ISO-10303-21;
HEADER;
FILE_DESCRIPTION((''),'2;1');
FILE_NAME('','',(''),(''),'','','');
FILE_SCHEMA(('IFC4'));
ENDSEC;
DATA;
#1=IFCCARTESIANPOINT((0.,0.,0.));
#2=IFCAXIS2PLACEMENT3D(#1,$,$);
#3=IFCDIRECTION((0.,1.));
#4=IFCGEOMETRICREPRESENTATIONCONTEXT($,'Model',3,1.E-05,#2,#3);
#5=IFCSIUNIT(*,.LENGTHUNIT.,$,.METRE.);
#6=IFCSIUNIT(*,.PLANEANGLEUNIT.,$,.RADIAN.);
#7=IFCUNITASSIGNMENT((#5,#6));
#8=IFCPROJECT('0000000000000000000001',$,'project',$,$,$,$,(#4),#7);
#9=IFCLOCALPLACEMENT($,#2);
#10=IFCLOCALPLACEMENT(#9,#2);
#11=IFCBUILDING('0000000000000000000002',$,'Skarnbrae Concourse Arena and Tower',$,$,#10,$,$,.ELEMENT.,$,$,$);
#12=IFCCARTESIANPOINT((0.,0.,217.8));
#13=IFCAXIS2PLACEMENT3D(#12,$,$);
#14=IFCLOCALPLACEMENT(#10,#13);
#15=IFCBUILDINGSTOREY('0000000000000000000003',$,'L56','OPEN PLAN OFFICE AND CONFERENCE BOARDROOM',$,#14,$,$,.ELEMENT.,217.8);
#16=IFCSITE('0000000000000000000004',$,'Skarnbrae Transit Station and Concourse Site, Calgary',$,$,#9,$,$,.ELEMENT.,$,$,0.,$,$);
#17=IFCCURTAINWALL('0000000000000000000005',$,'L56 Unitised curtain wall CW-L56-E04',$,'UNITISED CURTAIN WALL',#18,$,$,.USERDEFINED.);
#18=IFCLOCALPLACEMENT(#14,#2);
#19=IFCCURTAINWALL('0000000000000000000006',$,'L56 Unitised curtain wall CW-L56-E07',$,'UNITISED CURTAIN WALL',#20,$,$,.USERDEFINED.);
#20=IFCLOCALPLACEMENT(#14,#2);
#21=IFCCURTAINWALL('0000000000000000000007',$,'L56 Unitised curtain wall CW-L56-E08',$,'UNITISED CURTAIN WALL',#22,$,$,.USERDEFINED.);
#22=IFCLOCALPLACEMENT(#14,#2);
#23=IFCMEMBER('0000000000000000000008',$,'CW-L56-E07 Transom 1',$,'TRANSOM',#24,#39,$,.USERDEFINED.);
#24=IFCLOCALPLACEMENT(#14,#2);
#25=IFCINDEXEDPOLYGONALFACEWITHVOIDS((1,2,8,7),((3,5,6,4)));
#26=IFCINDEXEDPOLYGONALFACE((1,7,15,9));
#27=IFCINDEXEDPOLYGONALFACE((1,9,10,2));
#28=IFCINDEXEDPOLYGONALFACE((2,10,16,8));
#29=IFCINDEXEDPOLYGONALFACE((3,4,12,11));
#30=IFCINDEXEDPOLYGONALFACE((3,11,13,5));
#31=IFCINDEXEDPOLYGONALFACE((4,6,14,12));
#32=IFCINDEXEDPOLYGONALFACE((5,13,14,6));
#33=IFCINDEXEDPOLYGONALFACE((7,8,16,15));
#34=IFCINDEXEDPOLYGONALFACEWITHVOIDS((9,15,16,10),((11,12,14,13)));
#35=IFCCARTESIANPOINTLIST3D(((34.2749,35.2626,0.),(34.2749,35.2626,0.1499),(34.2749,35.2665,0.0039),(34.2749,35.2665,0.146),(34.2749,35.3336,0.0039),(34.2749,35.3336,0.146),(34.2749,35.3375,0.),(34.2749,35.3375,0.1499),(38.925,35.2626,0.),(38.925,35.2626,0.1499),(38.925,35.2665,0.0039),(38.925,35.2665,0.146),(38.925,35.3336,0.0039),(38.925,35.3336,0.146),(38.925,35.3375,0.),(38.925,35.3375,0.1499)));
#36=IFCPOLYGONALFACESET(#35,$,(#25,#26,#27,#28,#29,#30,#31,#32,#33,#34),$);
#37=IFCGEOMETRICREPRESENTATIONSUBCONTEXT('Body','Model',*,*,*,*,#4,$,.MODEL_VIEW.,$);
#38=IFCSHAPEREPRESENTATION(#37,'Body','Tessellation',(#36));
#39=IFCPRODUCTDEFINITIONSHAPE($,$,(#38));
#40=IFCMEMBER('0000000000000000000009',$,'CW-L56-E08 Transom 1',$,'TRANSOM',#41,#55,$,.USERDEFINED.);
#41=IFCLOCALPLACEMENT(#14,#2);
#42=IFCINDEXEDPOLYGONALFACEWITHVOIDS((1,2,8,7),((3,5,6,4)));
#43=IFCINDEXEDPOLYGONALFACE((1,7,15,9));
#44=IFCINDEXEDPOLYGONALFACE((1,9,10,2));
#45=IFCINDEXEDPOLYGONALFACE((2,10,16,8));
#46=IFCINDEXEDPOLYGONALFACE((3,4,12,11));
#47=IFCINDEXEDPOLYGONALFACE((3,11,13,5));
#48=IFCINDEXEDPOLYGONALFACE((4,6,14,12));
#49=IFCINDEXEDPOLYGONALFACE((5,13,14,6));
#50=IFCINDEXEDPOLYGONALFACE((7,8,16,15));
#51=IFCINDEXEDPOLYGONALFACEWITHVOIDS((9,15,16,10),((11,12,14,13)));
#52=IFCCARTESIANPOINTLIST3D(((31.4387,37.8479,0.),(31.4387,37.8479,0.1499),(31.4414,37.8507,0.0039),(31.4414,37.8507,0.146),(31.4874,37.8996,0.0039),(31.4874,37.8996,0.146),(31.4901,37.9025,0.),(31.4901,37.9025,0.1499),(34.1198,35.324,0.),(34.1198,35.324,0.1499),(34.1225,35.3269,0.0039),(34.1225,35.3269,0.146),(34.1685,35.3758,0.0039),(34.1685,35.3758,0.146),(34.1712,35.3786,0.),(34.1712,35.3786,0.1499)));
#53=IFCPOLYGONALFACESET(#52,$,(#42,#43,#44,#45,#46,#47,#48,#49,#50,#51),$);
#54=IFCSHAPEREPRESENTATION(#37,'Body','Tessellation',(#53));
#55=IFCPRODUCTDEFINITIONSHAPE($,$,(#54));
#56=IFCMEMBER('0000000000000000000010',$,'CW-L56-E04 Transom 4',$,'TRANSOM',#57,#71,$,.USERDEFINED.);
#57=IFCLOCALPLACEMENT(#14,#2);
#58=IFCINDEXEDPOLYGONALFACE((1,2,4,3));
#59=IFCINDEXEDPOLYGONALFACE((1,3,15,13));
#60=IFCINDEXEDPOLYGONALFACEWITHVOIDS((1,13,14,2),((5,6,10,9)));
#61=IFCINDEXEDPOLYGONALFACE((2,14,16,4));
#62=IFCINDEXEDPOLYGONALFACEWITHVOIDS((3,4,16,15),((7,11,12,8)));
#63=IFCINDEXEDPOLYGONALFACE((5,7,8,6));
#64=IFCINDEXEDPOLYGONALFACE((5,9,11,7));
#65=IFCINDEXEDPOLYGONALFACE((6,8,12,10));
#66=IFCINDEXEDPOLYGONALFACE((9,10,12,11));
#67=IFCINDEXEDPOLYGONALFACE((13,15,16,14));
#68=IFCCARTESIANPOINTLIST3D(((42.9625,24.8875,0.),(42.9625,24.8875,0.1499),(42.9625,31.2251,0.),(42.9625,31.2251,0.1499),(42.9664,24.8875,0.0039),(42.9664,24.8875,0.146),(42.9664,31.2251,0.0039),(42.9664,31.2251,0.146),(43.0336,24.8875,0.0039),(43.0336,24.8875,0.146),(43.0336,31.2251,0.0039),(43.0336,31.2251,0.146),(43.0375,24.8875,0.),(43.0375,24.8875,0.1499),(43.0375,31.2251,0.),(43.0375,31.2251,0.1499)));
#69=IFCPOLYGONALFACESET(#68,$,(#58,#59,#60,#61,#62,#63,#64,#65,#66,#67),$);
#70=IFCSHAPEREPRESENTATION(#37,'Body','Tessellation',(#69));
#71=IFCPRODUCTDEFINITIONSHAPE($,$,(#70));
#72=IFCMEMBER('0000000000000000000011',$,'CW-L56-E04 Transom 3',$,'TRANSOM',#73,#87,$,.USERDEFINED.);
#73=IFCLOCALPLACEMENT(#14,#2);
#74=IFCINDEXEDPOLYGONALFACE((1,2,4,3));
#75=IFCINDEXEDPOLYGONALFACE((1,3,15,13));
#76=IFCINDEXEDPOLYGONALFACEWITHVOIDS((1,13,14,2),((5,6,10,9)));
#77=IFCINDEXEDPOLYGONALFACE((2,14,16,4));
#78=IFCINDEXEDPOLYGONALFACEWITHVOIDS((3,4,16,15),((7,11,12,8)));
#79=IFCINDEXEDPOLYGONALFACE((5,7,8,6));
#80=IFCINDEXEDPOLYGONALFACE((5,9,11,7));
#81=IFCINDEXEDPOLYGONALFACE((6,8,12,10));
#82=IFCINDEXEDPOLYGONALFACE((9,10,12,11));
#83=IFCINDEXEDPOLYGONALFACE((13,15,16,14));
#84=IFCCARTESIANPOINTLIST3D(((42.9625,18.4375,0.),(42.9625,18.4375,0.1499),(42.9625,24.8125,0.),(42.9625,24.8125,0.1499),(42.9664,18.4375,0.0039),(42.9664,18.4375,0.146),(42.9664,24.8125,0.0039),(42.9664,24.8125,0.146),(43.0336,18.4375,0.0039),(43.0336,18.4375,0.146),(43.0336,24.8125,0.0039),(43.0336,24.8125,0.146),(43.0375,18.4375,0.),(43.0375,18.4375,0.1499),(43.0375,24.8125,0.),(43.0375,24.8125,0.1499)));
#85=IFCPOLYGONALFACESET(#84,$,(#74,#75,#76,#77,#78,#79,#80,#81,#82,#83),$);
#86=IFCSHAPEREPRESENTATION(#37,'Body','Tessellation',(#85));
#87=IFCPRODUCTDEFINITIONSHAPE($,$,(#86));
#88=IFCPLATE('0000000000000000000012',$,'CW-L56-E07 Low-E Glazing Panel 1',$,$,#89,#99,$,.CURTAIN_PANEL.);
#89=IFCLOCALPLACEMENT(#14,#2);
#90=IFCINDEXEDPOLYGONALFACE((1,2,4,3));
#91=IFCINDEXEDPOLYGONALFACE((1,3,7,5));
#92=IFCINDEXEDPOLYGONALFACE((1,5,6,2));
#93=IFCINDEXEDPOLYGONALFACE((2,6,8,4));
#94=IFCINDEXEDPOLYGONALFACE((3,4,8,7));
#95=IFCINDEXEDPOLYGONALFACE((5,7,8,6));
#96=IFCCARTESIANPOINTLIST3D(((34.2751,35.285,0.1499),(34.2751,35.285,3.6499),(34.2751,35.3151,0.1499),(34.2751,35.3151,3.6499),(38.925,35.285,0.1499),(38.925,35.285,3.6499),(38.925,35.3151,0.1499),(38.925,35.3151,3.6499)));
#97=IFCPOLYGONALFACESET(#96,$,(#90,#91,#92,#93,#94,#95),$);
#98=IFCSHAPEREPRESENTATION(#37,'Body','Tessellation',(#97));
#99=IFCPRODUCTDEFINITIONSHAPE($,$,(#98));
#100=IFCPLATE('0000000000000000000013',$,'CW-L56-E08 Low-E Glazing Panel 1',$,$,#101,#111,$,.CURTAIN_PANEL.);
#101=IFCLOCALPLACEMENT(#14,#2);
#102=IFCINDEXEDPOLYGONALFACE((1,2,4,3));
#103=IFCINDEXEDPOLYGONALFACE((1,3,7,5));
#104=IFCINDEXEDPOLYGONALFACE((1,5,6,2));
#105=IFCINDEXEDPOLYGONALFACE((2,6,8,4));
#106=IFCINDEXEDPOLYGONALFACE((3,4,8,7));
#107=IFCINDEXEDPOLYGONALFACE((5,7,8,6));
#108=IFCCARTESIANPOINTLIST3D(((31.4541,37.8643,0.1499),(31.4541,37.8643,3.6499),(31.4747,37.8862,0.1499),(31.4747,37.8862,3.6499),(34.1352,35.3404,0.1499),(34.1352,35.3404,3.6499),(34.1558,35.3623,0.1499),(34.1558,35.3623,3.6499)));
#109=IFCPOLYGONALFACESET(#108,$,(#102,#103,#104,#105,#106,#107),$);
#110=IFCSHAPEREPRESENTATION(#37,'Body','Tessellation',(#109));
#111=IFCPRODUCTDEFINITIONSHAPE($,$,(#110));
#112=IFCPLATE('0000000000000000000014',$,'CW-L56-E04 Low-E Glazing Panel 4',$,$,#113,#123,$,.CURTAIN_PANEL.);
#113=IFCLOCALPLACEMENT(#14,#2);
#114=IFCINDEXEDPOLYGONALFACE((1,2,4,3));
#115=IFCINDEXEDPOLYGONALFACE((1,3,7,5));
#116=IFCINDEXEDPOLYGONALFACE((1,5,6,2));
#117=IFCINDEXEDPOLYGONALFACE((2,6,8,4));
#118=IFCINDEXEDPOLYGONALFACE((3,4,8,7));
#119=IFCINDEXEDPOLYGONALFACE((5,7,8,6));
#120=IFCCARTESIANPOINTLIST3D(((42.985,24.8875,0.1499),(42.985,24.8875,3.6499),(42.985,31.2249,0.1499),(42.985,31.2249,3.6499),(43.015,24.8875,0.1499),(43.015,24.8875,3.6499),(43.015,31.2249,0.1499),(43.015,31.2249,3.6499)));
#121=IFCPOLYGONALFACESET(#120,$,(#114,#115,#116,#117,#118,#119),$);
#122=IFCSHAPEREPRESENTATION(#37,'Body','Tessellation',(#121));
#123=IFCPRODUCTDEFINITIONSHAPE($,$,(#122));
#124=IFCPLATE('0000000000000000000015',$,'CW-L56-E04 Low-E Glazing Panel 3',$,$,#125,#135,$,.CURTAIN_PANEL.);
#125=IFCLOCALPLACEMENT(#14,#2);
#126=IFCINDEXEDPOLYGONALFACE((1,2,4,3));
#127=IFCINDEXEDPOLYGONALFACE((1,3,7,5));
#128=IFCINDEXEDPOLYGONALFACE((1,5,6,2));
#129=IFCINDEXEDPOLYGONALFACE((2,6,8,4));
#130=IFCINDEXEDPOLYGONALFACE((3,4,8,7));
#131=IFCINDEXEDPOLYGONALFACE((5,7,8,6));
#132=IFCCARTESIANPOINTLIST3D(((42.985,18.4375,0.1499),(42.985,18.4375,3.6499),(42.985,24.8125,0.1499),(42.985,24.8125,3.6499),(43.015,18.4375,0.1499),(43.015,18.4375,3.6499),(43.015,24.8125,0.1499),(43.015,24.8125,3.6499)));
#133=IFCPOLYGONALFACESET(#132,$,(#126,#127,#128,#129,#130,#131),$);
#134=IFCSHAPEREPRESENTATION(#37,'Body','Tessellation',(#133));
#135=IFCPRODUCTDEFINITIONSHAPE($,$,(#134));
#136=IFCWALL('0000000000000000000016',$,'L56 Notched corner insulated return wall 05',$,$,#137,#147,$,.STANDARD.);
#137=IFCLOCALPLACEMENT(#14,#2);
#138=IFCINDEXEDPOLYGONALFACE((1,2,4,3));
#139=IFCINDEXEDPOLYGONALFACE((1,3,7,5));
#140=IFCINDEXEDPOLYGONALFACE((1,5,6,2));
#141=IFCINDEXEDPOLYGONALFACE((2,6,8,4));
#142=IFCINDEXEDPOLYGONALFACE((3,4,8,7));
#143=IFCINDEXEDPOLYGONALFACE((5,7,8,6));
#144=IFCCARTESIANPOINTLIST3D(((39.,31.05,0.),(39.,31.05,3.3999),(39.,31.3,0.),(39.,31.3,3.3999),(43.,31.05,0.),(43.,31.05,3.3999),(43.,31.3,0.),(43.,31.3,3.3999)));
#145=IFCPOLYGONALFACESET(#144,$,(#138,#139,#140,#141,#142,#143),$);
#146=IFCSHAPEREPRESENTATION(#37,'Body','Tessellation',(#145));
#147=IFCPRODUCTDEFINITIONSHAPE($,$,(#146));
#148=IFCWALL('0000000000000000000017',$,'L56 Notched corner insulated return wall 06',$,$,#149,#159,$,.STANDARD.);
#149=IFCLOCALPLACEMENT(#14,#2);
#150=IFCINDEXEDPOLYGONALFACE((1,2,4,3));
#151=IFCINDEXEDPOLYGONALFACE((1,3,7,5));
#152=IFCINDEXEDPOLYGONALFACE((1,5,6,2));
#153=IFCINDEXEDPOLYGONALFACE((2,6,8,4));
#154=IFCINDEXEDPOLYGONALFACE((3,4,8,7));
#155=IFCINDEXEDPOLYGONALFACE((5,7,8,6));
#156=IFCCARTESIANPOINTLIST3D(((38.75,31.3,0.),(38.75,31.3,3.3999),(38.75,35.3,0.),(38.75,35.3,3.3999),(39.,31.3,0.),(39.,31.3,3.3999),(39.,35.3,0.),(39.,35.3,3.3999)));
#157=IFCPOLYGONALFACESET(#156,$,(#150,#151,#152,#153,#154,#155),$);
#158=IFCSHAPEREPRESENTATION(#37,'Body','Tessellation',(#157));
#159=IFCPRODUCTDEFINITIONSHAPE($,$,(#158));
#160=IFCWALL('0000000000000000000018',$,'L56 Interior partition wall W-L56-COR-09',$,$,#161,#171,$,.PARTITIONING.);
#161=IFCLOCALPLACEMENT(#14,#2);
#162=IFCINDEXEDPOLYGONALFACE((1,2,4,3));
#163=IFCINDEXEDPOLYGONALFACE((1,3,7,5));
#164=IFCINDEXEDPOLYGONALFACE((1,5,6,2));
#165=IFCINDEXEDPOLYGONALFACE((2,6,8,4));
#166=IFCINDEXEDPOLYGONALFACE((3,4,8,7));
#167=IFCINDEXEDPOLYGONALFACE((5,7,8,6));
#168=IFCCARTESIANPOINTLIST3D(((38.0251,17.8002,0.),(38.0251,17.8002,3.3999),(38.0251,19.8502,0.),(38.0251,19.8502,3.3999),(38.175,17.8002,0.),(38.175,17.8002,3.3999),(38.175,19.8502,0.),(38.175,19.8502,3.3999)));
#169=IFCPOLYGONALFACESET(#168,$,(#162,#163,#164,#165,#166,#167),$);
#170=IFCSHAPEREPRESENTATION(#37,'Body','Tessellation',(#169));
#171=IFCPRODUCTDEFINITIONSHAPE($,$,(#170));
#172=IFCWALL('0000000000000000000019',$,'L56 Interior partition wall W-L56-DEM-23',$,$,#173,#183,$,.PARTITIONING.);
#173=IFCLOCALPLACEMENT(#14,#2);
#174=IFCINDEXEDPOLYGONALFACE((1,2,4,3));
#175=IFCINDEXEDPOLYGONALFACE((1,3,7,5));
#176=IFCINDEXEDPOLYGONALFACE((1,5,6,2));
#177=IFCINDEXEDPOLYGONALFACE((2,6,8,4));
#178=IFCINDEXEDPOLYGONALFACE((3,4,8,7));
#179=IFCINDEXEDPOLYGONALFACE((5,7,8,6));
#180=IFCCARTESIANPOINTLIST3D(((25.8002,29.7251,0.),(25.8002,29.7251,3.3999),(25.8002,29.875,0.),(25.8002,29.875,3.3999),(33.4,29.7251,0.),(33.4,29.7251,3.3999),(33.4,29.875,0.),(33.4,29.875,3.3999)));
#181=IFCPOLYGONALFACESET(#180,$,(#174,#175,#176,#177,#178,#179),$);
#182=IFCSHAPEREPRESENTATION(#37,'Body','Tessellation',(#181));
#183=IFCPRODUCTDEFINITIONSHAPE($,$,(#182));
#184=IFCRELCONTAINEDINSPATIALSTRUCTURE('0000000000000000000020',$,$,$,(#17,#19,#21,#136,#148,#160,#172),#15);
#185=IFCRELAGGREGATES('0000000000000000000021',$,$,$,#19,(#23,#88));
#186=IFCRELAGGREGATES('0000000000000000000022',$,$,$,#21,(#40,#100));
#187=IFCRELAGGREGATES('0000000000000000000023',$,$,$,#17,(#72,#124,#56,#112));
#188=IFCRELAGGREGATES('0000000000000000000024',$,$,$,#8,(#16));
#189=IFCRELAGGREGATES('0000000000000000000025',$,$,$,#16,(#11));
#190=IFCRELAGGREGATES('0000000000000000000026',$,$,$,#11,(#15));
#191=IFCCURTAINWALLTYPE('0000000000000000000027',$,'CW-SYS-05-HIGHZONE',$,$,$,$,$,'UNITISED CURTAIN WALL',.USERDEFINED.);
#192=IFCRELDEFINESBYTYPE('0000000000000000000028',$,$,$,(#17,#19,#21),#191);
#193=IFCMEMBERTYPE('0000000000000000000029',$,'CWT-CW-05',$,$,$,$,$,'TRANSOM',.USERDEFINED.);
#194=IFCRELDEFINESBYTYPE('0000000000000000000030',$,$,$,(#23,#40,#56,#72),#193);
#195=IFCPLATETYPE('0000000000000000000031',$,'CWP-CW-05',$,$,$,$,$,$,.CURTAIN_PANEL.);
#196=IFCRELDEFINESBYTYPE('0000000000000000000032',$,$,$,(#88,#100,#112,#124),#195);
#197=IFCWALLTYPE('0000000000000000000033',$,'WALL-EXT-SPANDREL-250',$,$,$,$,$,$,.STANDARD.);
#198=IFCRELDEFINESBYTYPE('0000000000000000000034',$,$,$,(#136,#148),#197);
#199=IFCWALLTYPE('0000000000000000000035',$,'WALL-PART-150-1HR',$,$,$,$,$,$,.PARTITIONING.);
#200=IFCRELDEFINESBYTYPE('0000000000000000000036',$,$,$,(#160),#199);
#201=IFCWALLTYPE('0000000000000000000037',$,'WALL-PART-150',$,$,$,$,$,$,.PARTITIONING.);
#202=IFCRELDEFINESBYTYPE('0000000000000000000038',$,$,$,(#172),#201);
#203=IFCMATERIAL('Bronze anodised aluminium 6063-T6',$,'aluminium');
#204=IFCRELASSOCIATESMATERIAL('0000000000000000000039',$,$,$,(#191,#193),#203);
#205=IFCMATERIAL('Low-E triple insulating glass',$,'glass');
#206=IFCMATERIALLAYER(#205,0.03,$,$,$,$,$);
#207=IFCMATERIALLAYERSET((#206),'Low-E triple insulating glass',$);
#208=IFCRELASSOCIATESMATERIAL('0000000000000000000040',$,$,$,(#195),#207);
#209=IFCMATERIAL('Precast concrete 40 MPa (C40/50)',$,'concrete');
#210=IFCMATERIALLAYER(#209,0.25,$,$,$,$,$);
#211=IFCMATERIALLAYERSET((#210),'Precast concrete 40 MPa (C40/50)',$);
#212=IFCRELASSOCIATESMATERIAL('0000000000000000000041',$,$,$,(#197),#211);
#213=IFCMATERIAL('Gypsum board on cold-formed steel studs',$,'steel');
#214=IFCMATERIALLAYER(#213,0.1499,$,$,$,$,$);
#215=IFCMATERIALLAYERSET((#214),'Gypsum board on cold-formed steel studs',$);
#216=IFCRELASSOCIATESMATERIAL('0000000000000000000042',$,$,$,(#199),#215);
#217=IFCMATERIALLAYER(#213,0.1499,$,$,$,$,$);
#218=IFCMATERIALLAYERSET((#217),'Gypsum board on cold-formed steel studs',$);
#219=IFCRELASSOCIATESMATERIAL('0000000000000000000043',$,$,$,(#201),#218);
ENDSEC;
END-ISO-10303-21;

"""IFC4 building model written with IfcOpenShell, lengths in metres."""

from ifc_helpers import new_model, si_unit, direction, frame, frame_2d, origin, origin_2d, place, context, subcontext, project, spatial, rectangle, hollow_rectangle, extrude, source, transform, mapped, material, layer, layer_set, material_profile, profile_set, type_object, element, aggregate, save


model = new_model("IFC4")

# Units and contexts
model_context = context("Model", 3, precision=1e-05, world=origin(), true_north=direction((0.0, 1.0)))
body_context = subcontext(model_context, "Body", "Model", "MODEL_VIEW")
ifc_project = project(units=[si_unit("LENGTHUNIT", "METRE"), si_unit("PLANEANGLEUNIT", "RADIAN")], contexts=[model_context])

# Site, building, storey
site_placement = place(None, origin())
site = spatial("IfcSite", under=ifc_project, at=site_placement, Name="Skarnbrae Transit Station and Concourse Site, Calgary", CompositionType="ELEMENT", RefElevation=0.0)
building_placement = place(site_placement, origin())
building = spatial("IfcBuilding", under=site, at=building_placement, Name="Skarnbrae Concourse Arena and Tower", CompositionType="ELEMENT")
storey_placement = place(building_placement, frame((0.0, 0.0, 217.8)))
storey = spatial("IfcBuildingStorey", under=building, at=storey_placement, Name="L56", Description="OPEN PLAN OFFICE AND CONFERENCE BOARDROOM", CompositionType="ELEMENT", Elevation=217.8)

# Curtain walls
ifc_material_1 = material(Name="Bronze anodised aluminium 6063-T6", Category="aluminium")
curtain_wall_type = type_object("IfcCurtainWallType", Name="CW-SYS-05-HIGHZONE", ElementType="UNITISED CURTAIN WALL", PredefinedType="USERDEFINED", material=ifc_material_1)
curtain_wall_1_placement = place(storey_placement, origin())
curtain_wall_1 = element("IfcCurtainWall", 1, at=curtain_wall_1_placement, inside=storey, type_object=curtain_wall_type, Name="L56 Unitised curtain wall CW-L56-E04", ObjectType="UNITISED CURTAIN WALL", PredefinedType="USERDEFINED")
curtain_wall_2_placement = place(storey_placement, origin())
curtain_wall_2 = element("IfcCurtainWall", 2, at=curtain_wall_2_placement, inside=storey, type_object=curtain_wall_type, Name="L56 Unitised curtain wall CW-L56-E07", ObjectType="UNITISED CURTAIN WALL", PredefinedType="USERDEFINED")
curtain_wall_3_placement = place(storey_placement, origin())
curtain_wall_3 = element("IfcCurtainWall", 3, at=curtain_wall_3_placement, inside=storey, type_object=curtain_wall_type, Name="L56 Unitised curtain wall CW-L56-E08", ObjectType="UNITISED CURTAIN WALL", PredefinedType="USERDEFINED")

# Members
ifc_material_profile_1 = material_profile(ifc_material_1, hollow_rectangle(XDim=0.075, YDim=0.1499, WallThickness=0.0039, at=origin_2d()), Name="ALU-TRAN-75X150")
ifc_profile_set_1 = profile_set([ifc_material_profile_1], Name="Bronze anodised aluminium 6063-T6")
member_type_1 = type_object("IfcMemberType", Name="CWT-CW-05", ElementType="TRANSOM", PredefinedType="USERDEFINED", material=ifc_profile_set_1)
shared_shape_1 = source(origin(), body_context, "Body", "SweptSolid", [
    extrude(hollow_rectangle(XDim=0.075, YDim=0.1499, WallThickness=0.0039, at=origin_2d()), origin(), (0.0, 0.0, 1.0), 4.6501),
])
member_1_placement = place(storey_placement, frame((38.925, 35.3, 0.075), z_axis=(-1.0, 0.0, 0.0), x_axis=(0.0, -1.0, 0.0)))
member_1 = element("IfcMember", 4, at=member_1_placement, type_object=member_type_1, Name="CW-L56-E07 Transom 1", ObjectType="TRANSOM", PredefinedType="USERDEFINED", context=body_context, shape_type="MappedRepresentation", body=[
    mapped(shared_shape_1, transform((0.0, 0.0, 0.0))),
])
shared_shape_2 = source(origin(), body_context, "Body", "SweptSolid", [
    extrude(hollow_rectangle(XDim=0.075, YDim=0.1499, WallThickness=0.0039, at=origin_2d()), origin(), (0.0, 0.0, 1.0), 3.6821),
])
member_2_placement = place(storey_placement, frame((34.1455, 35.3513, 0.075), z_axis=(-0.728134, 0.685435, 0.0), x_axis=(-0.685435, -0.728134, 0.0)))
member_2 = element("IfcMember", 5, at=member_2_placement, type_object=member_type_1, Name="CW-L56-E08 Transom 1", ObjectType="TRANSOM", PredefinedType="USERDEFINED", context=body_context, shape_type="MappedRepresentation", body=[
    mapped(shared_shape_2, transform((0.0, 0.0, 0.0))),
])
shared_shape_3 = source(origin(), body_context, "Body", "SweptSolid", [
    extrude(hollow_rectangle(XDim=0.075, YDim=0.1499, WallThickness=0.0039, at=origin_2d()), origin(), (0.0, 0.0, 1.0), 6.3376),
])
member_3_placement = place(storey_placement, frame((43.0, 24.8875, 0.075), z_axis=(0.0, 1.0, 0.0), x_axis=(-1.0, 0.0, 0.0)))
member_3 = element("IfcMember", 6, at=member_3_placement, type_object=member_type_1, Name="CW-L56-E04 Transom 4", ObjectType="TRANSOM", PredefinedType="USERDEFINED", context=body_context, shape_type="MappedRepresentation", body=[
    mapped(shared_shape_3, transform((0.0, 0.0, 0.0))),
])
shared_shape_4 = source(origin(), body_context, "Body", "SweptSolid", [
    extrude(hollow_rectangle(XDim=0.075, YDim=0.1499, WallThickness=0.0039, at=origin_2d()), origin(), (0.0, 0.0, 1.0), 6.375),
])
member_4_placement = place(storey_placement, frame((43.0, 18.4375, 0.075), z_axis=(0.0, 1.0, 0.0), x_axis=(-1.0, 0.0, 0.0)))
member_4 = element("IfcMember", 7, at=member_4_placement, type_object=member_type_1, Name="CW-L56-E04 Transom 3", ObjectType="TRANSOM", PredefinedType="USERDEFINED", context=body_context, shape_type="MappedRepresentation", body=[
    mapped(shared_shape_4, transform((0.0, 0.0, 0.0))),
])

# Plates
ifc_material_2 = material(Name="Low-E triple insulating glass", Category="glass")
ifc_layer_1 = layer(ifc_material_2, 0.03)
ifc_layer_set_1 = layer_set([ifc_layer_1], Name="Low-E triple insulating glass")
plate_type = type_object("IfcPlateType", Name="CWP-CW-05", PredefinedType="CURTAIN_PANEL", material=ifc_layer_set_1)
shared_shape_5 = source(origin(), body_context, "Body", "SweptSolid", [
    extrude(rectangle(XDim=4.6499, YDim=0.03, at=origin_2d()), origin(), (0.0, 0.0, 1.0), 3.5),
])
plate_1_placement = place(storey_placement, frame((36.6001, 35.3, 0.1499), z_axis=(0.0, 0.0, 1.0), x_axis=(-1.0, 0.0, 0.0)))
plate_1 = element("IfcPlate", 8, at=plate_1_placement, type_object=plate_type, Name="CW-L56-E07 Low-E Glazing Panel 1", PredefinedType="CURTAIN_PANEL", context=body_context, shape_type="MappedRepresentation", body=[
    mapped(shared_shape_5, transform((0.0, 0.0, 0.0))),
])
aggregate(curtain_wall_2, [member_1, plate_1])
shared_shape_6 = source(origin(), body_context, "Body", "SweptSolid", [
    extrude(rectangle(XDim=3.6821, YDim=0.03, at=origin_2d()), origin(), (0.0, 0.0, 1.0), 3.5),
])
plate_2_placement = place(storey_placement, frame((32.8049, 36.6133, 0.1499), z_axis=(0.0, 0.0, 1.0), x_axis=(-0.728131, 0.685438, 0.0)))
plate_2 = element("IfcPlate", 9, at=plate_2_placement, type_object=plate_type, Name="CW-L56-E08 Low-E Glazing Panel 1", PredefinedType="CURTAIN_PANEL", context=body_context, shape_type="MappedRepresentation", body=[
    mapped(shared_shape_6, transform((0.0, 0.0, 0.0))),
])
aggregate(curtain_wall_3, [member_2, plate_2])
shared_shape_7 = source(origin(), body_context, "Body", "SweptSolid", [
    extrude(rectangle(XDim=6.3374, YDim=0.03, at=origin_2d()), origin(), (0.0, 0.0, 1.0), 3.5),
])
plate_3_placement = place(storey_placement, frame((43.0, 28.0562, 0.1499), z_axis=(0.0, 0.0, 1.0), x_axis=(0.0, 1.0, 0.0)))
plate_3 = element("IfcPlate", 10, at=plate_3_placement, type_object=plate_type, Name="CW-L56-E04 Low-E Glazing Panel 4", PredefinedType="CURTAIN_PANEL", context=body_context, shape_type="MappedRepresentation", body=[
    mapped(shared_shape_7, transform((0.0, 0.0, 0.0))),
])
shared_shape_8 = source(origin(), body_context, "Body", "SweptSolid", [
    extrude(rectangle(XDim=6.375, YDim=0.03, at=origin_2d()), origin(), (0.0, 0.0, 1.0), 3.5),
])
plate_4_placement = place(storey_placement, frame((43.0, 21.625, 0.1499), z_axis=(0.0, 0.0, 1.0), x_axis=(0.0, 1.0, 0.0)))
plate_4 = element("IfcPlate", 11, at=plate_4_placement, type_object=plate_type, Name="CW-L56-E04 Low-E Glazing Panel 3", PredefinedType="CURTAIN_PANEL", context=body_context, shape_type="MappedRepresentation", body=[
    mapped(shared_shape_8, transform((0.0, 0.0, 0.0))),
])
aggregate(curtain_wall_1, [member_4, plate_4, member_3, plate_3])

# Walls
ifc_material_3 = material(Name="Precast concrete 40 MPa (C40/50)", Category="concrete")
ifc_layer_2 = layer(ifc_material_3, 0.25)
ifc_layer_set_2 = layer_set([ifc_layer_2], Name="Precast concrete 40 MPa (C40/50)")
wall_type_1 = type_object("IfcWallType", Name="WALL-EXT-SPANDREL-250", PredefinedType="STANDARD", material=ifc_layer_set_2)
shared_shape_9 = source(origin(), body_context, "Body", "SweptSolid", [
    extrude(rectangle(XDim=4.0, YDim=0.25, at=frame_2d((2.0, 0.0))), origin(), (0.0, 0.0, 1.0), 3.3999),
])
for number, where, z_axis, x_axis, name in (
    (12, (43.0, 31.175, 0.0), (0.0, 0.0, 1.0), (-1.0, 0.0, 0.0), "L56 Notched corner insulated return wall 05"),
    (13, (38.875, 31.3, 0.0), (0.0, 0.0, 1.0), (0.0, 1.0, 0.0), "L56 Notched corner insulated return wall 06"),
):
    element("IfcWall", number, at=place(storey_placement, frame(where, z_axis=z_axis, x_axis=x_axis)), inside=storey, type_object=wall_type_1, Name=name, PredefinedType="STANDARD", context=body_context, shape_type="MappedRepresentation", body=[
        mapped(shared_shape_9, transform((0.0, 0.0, 0.0))),
    ])
ifc_material_4 = material(Name="Gypsum board on cold-formed steel studs", Category="steel")
ifc_layer_3 = layer(ifc_material_4, 0.1499)
ifc_layer_set_3 = layer_set([ifc_layer_3], Name="Gypsum board on cold-formed steel studs")
wall_type_2 = type_object("IfcWallType", Name="WALL-PART-150-1HR", PredefinedType="PARTITIONING", material=ifc_layer_set_3)
shared_shape_10 = source(origin(), body_context, "Body", "SweptSolid", [
    extrude(rectangle(XDim=2.05, YDim=0.1499, at=frame_2d((1.0249, 0.0))), origin(), (0.0, 0.0, 1.0), 3.3999),
])
wall_1_placement = place(storey_placement, frame((38.1001, 19.8501, 0.0), z_axis=(0.0, 0.0, 1.0), x_axis=(0.0, -1.0, 0.0)))
element("IfcWall", 14, at=wall_1_placement, inside=storey, type_object=wall_type_2, Name="L56 Interior partition wall W-L56-COR-09", PredefinedType="PARTITIONING", context=body_context, shape_type="MappedRepresentation", body=[
    mapped(shared_shape_10, transform((0.0, 0.0, 0.0))),
])
ifc_layer_4 = layer(ifc_material_4, 0.1499)
ifc_layer_set_4 = layer_set([ifc_layer_4], Name="Gypsum board on cold-formed steel studs")
wall_type_3 = type_object("IfcWallType", Name="WALL-PART-150", PredefinedType="PARTITIONING", material=ifc_layer_set_4)
shared_shape_11 = source(origin(), body_context, "Body", "SweptSolid", [
    extrude(rectangle(XDim=7.5999, YDim=0.1499, at=frame_2d((3.7998, 0.0))), origin(), (0.0, 0.0, 1.0), 3.3999),
])
wall_2_placement = place(storey_placement, frame((33.3999, 29.8, 0.0), z_axis=(0.0, 0.0, 1.0), x_axis=(-1.0, 0.0, 0.0)))
element("IfcWall", 15, at=wall_2_placement, inside=storey, type_object=wall_type_3, Name="L56 Interior partition wall W-L56-DEM-23", PredefinedType="PARTITIONING", context=body_context, shape_type="MappedRepresentation", body=[
    mapped(shared_shape_11, transform((0.0, 0.0, 0.0))),
])

save(model, "model.ifc")
